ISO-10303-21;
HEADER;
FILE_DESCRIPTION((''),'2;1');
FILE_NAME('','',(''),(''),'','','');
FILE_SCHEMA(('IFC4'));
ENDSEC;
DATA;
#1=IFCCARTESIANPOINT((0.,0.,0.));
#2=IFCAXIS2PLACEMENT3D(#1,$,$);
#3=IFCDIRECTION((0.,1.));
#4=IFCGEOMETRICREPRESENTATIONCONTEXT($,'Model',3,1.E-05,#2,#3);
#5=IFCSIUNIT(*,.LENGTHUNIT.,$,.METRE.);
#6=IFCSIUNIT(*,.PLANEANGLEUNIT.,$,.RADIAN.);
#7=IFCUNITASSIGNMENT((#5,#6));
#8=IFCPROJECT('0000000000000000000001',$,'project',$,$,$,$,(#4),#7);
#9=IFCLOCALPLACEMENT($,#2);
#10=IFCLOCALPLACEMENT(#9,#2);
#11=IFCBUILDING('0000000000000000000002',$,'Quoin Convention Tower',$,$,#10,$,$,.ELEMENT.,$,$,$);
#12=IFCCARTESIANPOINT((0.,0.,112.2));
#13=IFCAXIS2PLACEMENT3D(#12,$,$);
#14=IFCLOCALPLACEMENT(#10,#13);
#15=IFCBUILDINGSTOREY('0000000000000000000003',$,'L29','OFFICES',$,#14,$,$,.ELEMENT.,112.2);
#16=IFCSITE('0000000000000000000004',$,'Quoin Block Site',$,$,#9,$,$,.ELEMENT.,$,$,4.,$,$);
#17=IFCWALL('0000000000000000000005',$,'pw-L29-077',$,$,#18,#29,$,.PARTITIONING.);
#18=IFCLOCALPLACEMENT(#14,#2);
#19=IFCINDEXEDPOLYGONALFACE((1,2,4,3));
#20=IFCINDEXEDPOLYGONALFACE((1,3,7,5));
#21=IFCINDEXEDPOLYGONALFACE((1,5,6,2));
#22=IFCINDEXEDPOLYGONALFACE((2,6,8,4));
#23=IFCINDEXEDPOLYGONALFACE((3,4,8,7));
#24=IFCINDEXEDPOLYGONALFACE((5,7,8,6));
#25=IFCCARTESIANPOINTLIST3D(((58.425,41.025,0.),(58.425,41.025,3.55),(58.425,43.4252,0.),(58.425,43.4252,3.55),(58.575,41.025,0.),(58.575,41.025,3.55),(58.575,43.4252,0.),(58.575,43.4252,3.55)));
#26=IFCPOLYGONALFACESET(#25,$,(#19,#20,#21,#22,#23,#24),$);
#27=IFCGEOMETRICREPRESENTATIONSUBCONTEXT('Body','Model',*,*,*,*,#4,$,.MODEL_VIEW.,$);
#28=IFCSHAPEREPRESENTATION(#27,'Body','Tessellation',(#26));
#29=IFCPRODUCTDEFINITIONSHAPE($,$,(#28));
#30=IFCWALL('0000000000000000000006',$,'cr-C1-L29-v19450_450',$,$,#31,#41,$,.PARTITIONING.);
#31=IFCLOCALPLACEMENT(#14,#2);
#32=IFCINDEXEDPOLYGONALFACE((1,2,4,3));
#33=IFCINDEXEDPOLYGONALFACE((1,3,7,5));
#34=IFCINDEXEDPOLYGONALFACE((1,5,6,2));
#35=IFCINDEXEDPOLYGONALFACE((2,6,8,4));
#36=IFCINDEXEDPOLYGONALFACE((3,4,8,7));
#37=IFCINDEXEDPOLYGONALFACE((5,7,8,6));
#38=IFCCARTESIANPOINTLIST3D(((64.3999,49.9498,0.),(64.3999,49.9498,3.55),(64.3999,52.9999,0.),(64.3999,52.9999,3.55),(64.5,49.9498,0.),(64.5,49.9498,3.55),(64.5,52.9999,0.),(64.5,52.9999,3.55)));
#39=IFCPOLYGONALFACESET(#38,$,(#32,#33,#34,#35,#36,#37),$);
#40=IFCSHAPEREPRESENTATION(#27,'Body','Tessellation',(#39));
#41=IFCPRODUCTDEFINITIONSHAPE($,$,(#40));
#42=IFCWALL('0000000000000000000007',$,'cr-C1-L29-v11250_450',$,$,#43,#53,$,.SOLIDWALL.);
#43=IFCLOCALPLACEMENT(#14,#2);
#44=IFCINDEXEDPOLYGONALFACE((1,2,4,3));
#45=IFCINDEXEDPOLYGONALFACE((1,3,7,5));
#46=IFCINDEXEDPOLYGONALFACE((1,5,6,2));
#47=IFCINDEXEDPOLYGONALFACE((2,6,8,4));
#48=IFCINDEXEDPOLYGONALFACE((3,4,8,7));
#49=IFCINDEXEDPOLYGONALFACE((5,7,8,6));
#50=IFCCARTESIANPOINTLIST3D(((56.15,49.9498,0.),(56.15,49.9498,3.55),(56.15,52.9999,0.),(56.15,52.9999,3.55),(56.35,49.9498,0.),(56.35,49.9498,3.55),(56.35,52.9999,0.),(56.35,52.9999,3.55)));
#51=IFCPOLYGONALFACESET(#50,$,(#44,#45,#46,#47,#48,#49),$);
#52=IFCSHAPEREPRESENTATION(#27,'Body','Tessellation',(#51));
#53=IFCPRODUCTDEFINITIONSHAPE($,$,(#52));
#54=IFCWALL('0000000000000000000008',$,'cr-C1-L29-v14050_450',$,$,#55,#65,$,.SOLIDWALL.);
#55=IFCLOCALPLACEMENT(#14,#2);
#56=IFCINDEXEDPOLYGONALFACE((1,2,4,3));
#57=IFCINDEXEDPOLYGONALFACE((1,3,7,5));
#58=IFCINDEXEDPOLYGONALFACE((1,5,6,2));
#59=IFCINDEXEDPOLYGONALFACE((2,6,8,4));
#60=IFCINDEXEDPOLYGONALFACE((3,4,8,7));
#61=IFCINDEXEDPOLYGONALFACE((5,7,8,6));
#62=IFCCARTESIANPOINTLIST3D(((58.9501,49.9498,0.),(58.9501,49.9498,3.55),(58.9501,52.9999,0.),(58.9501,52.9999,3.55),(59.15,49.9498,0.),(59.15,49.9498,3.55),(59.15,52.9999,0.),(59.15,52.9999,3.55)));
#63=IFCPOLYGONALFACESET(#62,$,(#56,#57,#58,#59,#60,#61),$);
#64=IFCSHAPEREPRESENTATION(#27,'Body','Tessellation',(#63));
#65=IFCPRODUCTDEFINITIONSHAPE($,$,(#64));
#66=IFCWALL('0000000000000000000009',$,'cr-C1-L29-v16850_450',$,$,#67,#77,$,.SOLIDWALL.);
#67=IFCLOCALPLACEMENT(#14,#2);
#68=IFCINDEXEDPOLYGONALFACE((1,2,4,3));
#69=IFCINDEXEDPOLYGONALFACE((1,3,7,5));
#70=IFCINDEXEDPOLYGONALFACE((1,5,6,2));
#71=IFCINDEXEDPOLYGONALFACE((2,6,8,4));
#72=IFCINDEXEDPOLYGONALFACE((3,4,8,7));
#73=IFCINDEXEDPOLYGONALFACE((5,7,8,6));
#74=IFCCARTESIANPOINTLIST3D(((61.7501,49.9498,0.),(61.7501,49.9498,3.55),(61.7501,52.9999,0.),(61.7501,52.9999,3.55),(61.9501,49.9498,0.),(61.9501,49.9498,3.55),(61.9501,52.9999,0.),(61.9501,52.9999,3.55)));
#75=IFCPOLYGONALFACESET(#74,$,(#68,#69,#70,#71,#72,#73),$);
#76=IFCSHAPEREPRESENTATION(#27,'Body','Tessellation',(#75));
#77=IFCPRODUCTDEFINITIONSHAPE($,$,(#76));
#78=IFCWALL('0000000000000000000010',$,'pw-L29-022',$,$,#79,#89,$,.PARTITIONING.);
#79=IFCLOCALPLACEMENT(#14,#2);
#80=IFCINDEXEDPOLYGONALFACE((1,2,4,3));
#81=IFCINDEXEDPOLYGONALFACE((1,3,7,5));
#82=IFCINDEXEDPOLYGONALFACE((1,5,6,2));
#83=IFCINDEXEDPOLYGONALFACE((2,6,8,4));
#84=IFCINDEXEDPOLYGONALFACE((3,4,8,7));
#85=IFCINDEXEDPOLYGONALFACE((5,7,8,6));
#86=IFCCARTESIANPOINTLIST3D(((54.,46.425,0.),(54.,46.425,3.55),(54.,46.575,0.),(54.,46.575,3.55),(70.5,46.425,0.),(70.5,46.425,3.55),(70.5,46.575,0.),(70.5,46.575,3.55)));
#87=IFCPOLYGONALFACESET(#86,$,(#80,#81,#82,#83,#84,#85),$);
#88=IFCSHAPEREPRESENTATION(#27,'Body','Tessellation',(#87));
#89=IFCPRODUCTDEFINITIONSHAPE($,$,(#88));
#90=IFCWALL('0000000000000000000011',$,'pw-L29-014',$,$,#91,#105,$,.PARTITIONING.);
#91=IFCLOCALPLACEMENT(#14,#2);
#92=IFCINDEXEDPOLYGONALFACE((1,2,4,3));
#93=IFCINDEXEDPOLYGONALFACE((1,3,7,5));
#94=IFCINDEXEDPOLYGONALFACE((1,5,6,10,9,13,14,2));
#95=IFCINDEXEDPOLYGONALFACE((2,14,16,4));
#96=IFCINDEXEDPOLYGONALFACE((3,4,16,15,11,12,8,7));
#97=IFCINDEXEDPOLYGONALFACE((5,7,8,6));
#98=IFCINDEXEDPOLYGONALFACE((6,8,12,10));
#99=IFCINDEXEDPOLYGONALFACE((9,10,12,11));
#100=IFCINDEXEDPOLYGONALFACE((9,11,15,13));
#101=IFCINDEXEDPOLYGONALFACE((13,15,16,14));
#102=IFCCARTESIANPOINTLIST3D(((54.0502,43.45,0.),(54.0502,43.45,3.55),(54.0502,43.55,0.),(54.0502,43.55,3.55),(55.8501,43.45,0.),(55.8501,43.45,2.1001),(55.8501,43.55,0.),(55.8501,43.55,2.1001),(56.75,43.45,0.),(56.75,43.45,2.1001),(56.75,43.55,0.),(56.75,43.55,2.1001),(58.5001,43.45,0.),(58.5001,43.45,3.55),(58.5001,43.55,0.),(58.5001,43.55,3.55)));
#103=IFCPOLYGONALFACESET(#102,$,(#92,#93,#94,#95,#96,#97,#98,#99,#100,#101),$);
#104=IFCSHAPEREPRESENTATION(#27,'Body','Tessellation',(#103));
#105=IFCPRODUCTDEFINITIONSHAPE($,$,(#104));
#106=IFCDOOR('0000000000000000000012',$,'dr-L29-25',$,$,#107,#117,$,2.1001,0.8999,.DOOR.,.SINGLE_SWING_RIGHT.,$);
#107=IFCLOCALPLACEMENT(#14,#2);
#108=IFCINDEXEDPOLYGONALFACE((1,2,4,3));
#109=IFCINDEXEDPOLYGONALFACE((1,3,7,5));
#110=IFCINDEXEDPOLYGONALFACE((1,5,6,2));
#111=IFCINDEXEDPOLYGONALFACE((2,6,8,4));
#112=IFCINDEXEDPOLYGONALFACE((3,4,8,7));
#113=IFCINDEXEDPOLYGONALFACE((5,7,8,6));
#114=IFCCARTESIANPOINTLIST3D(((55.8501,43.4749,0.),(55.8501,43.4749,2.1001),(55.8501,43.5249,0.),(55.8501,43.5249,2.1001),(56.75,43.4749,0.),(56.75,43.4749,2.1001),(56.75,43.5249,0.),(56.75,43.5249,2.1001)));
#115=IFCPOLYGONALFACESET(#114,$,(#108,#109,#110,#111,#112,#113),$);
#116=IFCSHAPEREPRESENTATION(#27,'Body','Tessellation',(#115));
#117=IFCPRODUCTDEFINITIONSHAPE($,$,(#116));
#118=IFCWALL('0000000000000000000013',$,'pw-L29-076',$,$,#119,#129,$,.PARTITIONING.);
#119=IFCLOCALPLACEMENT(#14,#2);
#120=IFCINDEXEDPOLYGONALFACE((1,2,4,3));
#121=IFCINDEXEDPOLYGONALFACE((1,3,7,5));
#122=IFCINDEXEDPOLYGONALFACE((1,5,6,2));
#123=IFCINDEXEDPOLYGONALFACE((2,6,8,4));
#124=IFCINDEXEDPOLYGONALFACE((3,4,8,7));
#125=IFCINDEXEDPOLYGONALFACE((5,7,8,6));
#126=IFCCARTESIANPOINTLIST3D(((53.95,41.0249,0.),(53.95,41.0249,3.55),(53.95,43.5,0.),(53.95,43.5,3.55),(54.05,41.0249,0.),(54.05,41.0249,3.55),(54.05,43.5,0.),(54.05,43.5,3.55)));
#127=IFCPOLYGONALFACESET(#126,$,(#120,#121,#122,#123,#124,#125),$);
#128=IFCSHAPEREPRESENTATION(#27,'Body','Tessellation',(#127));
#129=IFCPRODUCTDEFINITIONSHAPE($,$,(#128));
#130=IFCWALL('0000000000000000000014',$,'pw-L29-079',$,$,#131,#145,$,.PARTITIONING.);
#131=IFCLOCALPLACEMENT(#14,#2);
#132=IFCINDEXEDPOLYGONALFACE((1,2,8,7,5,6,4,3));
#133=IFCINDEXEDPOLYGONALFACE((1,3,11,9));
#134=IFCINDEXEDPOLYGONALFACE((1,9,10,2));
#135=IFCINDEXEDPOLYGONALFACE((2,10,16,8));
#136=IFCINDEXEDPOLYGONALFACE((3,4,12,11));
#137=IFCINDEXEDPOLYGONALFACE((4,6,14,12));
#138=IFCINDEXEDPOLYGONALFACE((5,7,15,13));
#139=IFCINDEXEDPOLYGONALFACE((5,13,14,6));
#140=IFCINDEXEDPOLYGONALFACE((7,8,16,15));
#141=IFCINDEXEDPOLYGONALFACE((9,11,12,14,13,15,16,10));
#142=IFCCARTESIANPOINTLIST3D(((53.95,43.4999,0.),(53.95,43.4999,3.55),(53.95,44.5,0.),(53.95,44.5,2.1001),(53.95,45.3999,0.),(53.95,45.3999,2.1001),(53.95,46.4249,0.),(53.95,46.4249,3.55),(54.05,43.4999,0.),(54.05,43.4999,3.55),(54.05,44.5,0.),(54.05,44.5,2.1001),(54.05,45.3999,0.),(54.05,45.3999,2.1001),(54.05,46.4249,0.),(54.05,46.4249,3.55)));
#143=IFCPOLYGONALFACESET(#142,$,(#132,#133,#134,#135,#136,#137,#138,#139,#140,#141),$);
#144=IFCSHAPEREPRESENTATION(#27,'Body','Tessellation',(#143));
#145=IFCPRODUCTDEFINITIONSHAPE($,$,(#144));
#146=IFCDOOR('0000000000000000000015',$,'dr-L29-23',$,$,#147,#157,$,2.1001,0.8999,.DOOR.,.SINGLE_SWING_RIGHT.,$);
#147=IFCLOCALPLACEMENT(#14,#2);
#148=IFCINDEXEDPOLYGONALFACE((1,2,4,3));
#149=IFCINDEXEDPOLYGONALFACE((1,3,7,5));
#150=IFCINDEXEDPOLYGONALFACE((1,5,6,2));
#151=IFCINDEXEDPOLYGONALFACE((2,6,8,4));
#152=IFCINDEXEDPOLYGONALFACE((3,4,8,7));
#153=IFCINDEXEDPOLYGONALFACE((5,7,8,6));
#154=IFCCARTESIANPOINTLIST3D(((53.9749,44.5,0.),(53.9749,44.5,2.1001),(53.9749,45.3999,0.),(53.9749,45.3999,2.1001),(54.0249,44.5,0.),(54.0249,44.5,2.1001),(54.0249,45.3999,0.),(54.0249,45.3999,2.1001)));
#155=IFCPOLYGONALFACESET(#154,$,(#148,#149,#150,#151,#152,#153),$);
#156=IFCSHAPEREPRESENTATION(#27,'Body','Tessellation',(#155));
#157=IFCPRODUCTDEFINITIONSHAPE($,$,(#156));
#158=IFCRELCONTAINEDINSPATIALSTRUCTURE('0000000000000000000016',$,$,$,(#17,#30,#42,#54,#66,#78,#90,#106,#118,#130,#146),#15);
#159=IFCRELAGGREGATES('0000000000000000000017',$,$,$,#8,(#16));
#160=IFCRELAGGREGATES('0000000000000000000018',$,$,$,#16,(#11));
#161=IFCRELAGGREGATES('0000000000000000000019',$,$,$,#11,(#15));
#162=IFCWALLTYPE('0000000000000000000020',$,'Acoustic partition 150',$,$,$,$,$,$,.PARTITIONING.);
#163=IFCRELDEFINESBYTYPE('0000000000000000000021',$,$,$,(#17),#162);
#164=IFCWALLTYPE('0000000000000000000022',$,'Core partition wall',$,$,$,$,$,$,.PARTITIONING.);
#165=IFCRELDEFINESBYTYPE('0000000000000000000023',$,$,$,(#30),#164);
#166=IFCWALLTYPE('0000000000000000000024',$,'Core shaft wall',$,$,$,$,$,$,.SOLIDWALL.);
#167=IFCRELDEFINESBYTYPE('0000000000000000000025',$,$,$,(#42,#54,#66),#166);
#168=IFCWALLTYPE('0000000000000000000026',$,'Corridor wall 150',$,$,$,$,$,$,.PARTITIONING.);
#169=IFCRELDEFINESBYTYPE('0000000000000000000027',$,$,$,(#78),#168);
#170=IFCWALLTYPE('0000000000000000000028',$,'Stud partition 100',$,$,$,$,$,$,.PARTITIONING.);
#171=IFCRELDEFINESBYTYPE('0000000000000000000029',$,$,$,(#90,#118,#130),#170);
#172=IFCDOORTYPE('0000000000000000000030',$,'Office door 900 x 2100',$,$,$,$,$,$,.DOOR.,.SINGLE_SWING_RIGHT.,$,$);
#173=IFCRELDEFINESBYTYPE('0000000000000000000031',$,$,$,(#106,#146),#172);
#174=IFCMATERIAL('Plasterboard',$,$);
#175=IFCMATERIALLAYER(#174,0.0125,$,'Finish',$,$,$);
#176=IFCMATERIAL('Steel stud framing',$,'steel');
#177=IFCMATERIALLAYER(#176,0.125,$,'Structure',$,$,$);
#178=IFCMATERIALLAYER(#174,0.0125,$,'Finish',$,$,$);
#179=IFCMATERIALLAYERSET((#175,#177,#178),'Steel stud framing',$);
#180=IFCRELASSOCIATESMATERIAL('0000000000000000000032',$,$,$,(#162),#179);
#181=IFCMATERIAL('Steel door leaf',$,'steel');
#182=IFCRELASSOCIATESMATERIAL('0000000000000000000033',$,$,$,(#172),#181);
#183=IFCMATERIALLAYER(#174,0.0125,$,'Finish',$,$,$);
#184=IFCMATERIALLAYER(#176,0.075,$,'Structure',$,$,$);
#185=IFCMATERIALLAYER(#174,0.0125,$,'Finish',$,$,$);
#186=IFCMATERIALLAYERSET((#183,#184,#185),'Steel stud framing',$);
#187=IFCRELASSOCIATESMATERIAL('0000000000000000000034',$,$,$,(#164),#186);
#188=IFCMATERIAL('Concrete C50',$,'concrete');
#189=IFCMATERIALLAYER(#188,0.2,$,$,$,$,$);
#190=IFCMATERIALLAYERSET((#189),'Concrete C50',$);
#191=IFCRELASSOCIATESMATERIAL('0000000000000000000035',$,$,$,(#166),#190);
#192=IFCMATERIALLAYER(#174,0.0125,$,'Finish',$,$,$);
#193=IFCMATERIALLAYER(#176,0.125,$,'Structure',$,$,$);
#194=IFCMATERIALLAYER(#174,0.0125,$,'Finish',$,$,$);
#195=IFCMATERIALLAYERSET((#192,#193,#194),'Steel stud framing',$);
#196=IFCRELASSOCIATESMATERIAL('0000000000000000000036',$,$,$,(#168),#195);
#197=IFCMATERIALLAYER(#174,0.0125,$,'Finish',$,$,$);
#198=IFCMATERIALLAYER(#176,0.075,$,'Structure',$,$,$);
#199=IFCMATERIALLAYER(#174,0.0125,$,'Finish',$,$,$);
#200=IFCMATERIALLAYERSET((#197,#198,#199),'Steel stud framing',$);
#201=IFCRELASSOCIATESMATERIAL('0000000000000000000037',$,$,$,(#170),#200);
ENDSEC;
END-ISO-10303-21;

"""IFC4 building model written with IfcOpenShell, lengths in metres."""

from ifc_helpers import new_model, si_unit, direction, frame, frame_2d, origin, place, context, subcontext, project, spatial, rectangle, extrude, material, layer, layer_set, type_object, element, fill, save


model = new_model("IFC4")

# Units and contexts
model_context = context("Model", 3, precision=1e-05, world=origin(), true_north=direction((0.0, 1.0)))
body_context = subcontext(model_context, "Body", "Model", "MODEL_VIEW")
ifc_project = project(units=[si_unit("LENGTHUNIT", "METRE"), si_unit("PLANEANGLEUNIT", "RADIAN")], contexts=[model_context])

# Site, building, storey
site_placement = place(None, origin())
site = spatial("IfcSite", under=ifc_project, at=site_placement, Name="Quoin Block Site", CompositionType="ELEMENT", RefElevation=4.0)
building_placement = place(site_placement, origin())
building = spatial("IfcBuilding", under=site, at=building_placement, Name="Quoin Convention Tower", CompositionType="ELEMENT")
storey_placement = place(building_placement, frame((0.0, 0.0, 112.2)))
storey = spatial("IfcBuildingStorey", under=building, at=storey_placement, Name="L29", Description="OFFICES", CompositionType="ELEMENT", Elevation=112.2)

# Shared definitions
ifc_material_1 = material(Name="Plasterboard")
ifc_layer_1 = layer(ifc_material_1, 0.0125, Name="Finish")
ifc_material_2 = material(Name="Steel stud framing", Category="steel")
ifc_layer_2 = layer(ifc_material_2, 0.125, Name="Structure")
ifc_layer_3 = layer(ifc_material_1, 0.0125, Name="Finish")
ifc_layer_set_1 = layer_set([ifc_layer_1, ifc_layer_2, ifc_layer_3], Name="Steel stud framing")
wall_type_1 = type_object("IfcWallType", Name="Acoustic partition 150", PredefinedType="PARTITIONING", material=ifc_layer_set_1)
ifc_material_3 = material(Name="Steel door leaf", Category="steel")
door_type = type_object("IfcDoorType", Name="Office door 900 x 2100", OperationType="SINGLE_SWING_RIGHT", PredefinedType="DOOR", material=ifc_material_3)

# Walls
wall_1_placement = place(storey_placement, frame((58.5, 41.0249, 0.0), z_axis=(0.0, 0.0, 1.0), x_axis=(0.0, 1.0, 0.0)))
element("IfcWall", 1, at=wall_1_placement, inside=storey, type_object=wall_type_1, Name="pw-L29-077", PredefinedType="PARTITIONING", context=body_context, shape_type="SweptSolid", body=[
    extrude(rectangle(XDim=2.4001, YDim=0.1499, at=frame_2d((1.2002, 0.0))), origin(), (0.0, 0.0, 1.0), 3.55),
])
ifc_layer_4 = layer(ifc_material_1, 0.0125, Name="Finish")
ifc_layer_5 = layer(ifc_material_2, 0.075, Name="Structure")
ifc_layer_6 = layer(ifc_material_1, 0.0125, Name="Finish")
ifc_layer_set_2 = layer_set([ifc_layer_4, ifc_layer_5, ifc_layer_6], Name="Steel stud framing")
wall_type_2 = type_object("IfcWallType", Name="Core partition wall", PredefinedType="PARTITIONING", material=ifc_layer_set_2)
wall_2_placement = place(storey_placement, frame((64.45, 49.95, 0.0), z_axis=(0.0, 0.0, 1.0), x_axis=(0.0, 1.0, 0.0)))
element("IfcWall", 2, at=wall_2_placement, inside=storey, type_object=wall_type_2, Name="cr-C1-L29-v19450_450", PredefinedType="PARTITIONING", context=body_context, shape_type="SweptSolid", body=[
    extrude(rectangle(XDim=3.05, YDim=0.1001, at=frame_2d((1.5249, 0.0))), origin(), (0.0, 0.0, 1.0), 3.55),
])
ifc_material_4 = material(Name="Concrete C50", Category="concrete")
ifc_layer_7 = layer(ifc_material_4, 0.2)
ifc_layer_set_3 = layer_set([ifc_layer_7], Name="Concrete C50")
wall_type_3 = type_object("IfcWallType", Name="Core shaft wall", PredefinedType="SOLIDWALL", material=ifc_layer_set_3)
for number, where, z_axis, x_axis, name in (
    (3, (56.25, 49.95, 0.0), (0.0, 0.0, 1.0), (0.0, 1.0, 0.0), "cr-C1-L29-v11250_450"),
    (4, (59.05, 49.95, 0.0), (0.0, 0.0, 1.0), (0.0, 1.0, 0.0), "cr-C1-L29-v14050_450"),
    (5, (61.8501, 49.95, 0.0), (0.0, 0.0, 1.0), (0.0, 1.0, 0.0), "cr-C1-L29-v16850_450"),
):
    element("IfcWall", number, at=place(storey_placement, frame(where, z_axis=z_axis, x_axis=x_axis)), inside=storey, type_object=wall_type_3, Name=name, PredefinedType="SOLIDWALL", context=body_context, shape_type="SweptSolid", body=[
        extrude(rectangle(XDim=3.05, YDim=0.2, at=frame_2d((1.5249, 0.0))), origin(), (0.0, 0.0, 1.0), 3.55),
    ])
ifc_layer_8 = layer(ifc_material_1, 0.0125, Name="Finish")
ifc_layer_9 = layer(ifc_material_2, 0.125, Name="Structure")
ifc_layer_10 = layer(ifc_material_1, 0.0125, Name="Finish")
ifc_layer_set_4 = layer_set([ifc_layer_8, ifc_layer_9, ifc_layer_10], Name="Steel stud framing")
wall_type_4 = type_object("IfcWallType", Name="Corridor wall 150", PredefinedType="PARTITIONING", material=ifc_layer_set_4)
wall_3_placement = place(storey_placement, frame((54.0, 46.5, 0.0), z_axis=(0.0, 0.0, 1.0), x_axis=(1.0, 0.0, 0.0)))
element("IfcWall", 6, at=wall_3_placement, inside=storey, type_object=wall_type_4, Name="pw-L29-022", PredefinedType="PARTITIONING", context=body_context, shape_type="SweptSolid", body=[
    extrude(rectangle(XDim=16.5, YDim=0.1499, at=frame_2d((8.25, 0.0))), origin(), (0.0, 0.0, 1.0), 3.55),
])

# Wall, opening, door
ifc_layer_11 = layer(ifc_material_1, 0.0125, Name="Finish")
ifc_layer_12 = layer(ifc_material_2, 0.075, Name="Structure")
ifc_layer_13 = layer(ifc_material_1, 0.0125, Name="Finish")
ifc_layer_set_5 = layer_set([ifc_layer_11, ifc_layer_12, ifc_layer_13], Name="Steel stud framing")
wall_type_5 = type_object("IfcWallType", Name="Stud partition 100", PredefinedType="PARTITIONING", material=ifc_layer_set_5)
wall_4_placement = place(storey_placement, frame((54.05, 43.5, 0.0), z_axis=(0.0, 0.0, 1.0), x_axis=(1.0, 0.0, 0.0)))
wall_4 = element("IfcWall", 7, at=wall_4_placement, inside=storey, type_object=wall_type_5, Name="pw-L29-014", PredefinedType="PARTITIONING", context=body_context, shape_type="SweptSolid", body=[
    extrude(rectangle(XDim=4.45, YDim=0.1001, at=frame_2d((2.2251, 0.0))), origin(), (0.0, 0.0, 1.0), 3.55),
])
opening_1_placement = place(wall_4_placement, frame((1.8, 0.0, 0.0)))
opening_1 = element("IfcOpeningElement", 8, at=opening_1_placement, cuts=wall_4, PredefinedType="OPENING", context=body_context, shape_type="SweptSolid", body=[
    extrude(rectangle(XDim=0.8999, YDim=2.1001, at=frame_2d((0.45, 1.05))), frame((0.0, 0.0601, 0.0), z_axis=(0.0, -1.0, 0.0), x_axis=(1.0, 0.0, 0.0)), (0.0, 0.0, 1.0), 0.1201),
])
door_1_placement = place(opening_1_placement, origin())
door_1 = element("IfcDoor", 9, at=door_1_placement, inside=storey, type_object=door_type, Name="dr-L29-25", OperationType="SINGLE_SWING_RIGHT", OverallHeight=2.1001, OverallWidth=0.8999, PredefinedType="DOOR", context=body_context, shape_type="SweptSolid", body=[
    extrude(rectangle(XDim=0.8999, YDim=2.1001, at=frame_2d((0.45, 1.05))), frame((0.0, 0.0249, 0.0), z_axis=(0.0, -1.0, 0.0), x_axis=(1.0, 0.0, 0.0)), (0.0, 0.0, 1.0), 0.05),
])
fill(opening_1, door_1)

# Wall
wall_5_placement = place(storey_placement, frame((54.0, 41.0249, 0.0), z_axis=(0.0, 0.0, 1.0), x_axis=(0.0, 1.0, 0.0)))
element("IfcWall", 10, at=wall_5_placement, inside=storey, type_object=wall_type_5, Name="pw-L29-076", PredefinedType="PARTITIONING", context=body_context, shape_type="SweptSolid", body=[
    extrude(rectangle(XDim=2.4751, YDim=0.1001, at=frame_2d((1.2375, 0.0))), origin(), (0.0, 0.0, 1.0), 3.55),
])

# Wall, opening, door
wall_6_placement = place(storey_placement, frame((54.0, 43.5, 0.0), z_axis=(0.0, 0.0, 1.0), x_axis=(0.0, 1.0, 0.0)))
wall_6 = element("IfcWall", 11, at=wall_6_placement, inside=storey, type_object=wall_type_5, Name="pw-L29-079", PredefinedType="PARTITIONING", context=body_context, shape_type="SweptSolid", body=[
    extrude(rectangle(XDim=2.925, YDim=0.1001, at=frame_2d((1.4624, 0.0))), origin(), (0.0, 0.0, 1.0), 3.55),
])
opening_2_placement = place(wall_6_placement, frame((1.0, 0.0, 0.0)))
opening_2 = element("IfcOpeningElement", 12, at=opening_2_placement, cuts=wall_6, PredefinedType="OPENING", context=body_context, shape_type="SweptSolid", body=[
    extrude(rectangle(XDim=0.8999, YDim=2.1001, at=frame_2d((0.45, 1.05))), frame((0.0, 0.0601, 0.0), z_axis=(0.0, -1.0, 0.0), x_axis=(1.0, 0.0, 0.0)), (0.0, 0.0, 1.0), 0.1201),
])
door_2_placement = place(opening_2_placement, frame((0.8999, 0.0, 0.0), z_axis=(0.0, 0.0, 1.0), x_axis=(-1.0, 0.0, 0.0)))
door_2 = element("IfcDoor", 13, at=door_2_placement, inside=storey, type_object=door_type, Name="dr-L29-23", OperationType="SINGLE_SWING_RIGHT", OverallHeight=2.1001, OverallWidth=0.8999, PredefinedType="DOOR", context=body_context, shape_type="SweptSolid", body=[
    extrude(rectangle(XDim=0.8999, YDim=2.1001, at=frame_2d((0.45, 1.05))), frame((0.0, 0.0249, 0.0), z_axis=(0.0, -1.0, 0.0), x_axis=(1.0, 0.0, 0.0)), (0.0, 0.0, 1.0), 0.05),
])
fill(opening_2, door_2)

save(model, "model.ifc")
